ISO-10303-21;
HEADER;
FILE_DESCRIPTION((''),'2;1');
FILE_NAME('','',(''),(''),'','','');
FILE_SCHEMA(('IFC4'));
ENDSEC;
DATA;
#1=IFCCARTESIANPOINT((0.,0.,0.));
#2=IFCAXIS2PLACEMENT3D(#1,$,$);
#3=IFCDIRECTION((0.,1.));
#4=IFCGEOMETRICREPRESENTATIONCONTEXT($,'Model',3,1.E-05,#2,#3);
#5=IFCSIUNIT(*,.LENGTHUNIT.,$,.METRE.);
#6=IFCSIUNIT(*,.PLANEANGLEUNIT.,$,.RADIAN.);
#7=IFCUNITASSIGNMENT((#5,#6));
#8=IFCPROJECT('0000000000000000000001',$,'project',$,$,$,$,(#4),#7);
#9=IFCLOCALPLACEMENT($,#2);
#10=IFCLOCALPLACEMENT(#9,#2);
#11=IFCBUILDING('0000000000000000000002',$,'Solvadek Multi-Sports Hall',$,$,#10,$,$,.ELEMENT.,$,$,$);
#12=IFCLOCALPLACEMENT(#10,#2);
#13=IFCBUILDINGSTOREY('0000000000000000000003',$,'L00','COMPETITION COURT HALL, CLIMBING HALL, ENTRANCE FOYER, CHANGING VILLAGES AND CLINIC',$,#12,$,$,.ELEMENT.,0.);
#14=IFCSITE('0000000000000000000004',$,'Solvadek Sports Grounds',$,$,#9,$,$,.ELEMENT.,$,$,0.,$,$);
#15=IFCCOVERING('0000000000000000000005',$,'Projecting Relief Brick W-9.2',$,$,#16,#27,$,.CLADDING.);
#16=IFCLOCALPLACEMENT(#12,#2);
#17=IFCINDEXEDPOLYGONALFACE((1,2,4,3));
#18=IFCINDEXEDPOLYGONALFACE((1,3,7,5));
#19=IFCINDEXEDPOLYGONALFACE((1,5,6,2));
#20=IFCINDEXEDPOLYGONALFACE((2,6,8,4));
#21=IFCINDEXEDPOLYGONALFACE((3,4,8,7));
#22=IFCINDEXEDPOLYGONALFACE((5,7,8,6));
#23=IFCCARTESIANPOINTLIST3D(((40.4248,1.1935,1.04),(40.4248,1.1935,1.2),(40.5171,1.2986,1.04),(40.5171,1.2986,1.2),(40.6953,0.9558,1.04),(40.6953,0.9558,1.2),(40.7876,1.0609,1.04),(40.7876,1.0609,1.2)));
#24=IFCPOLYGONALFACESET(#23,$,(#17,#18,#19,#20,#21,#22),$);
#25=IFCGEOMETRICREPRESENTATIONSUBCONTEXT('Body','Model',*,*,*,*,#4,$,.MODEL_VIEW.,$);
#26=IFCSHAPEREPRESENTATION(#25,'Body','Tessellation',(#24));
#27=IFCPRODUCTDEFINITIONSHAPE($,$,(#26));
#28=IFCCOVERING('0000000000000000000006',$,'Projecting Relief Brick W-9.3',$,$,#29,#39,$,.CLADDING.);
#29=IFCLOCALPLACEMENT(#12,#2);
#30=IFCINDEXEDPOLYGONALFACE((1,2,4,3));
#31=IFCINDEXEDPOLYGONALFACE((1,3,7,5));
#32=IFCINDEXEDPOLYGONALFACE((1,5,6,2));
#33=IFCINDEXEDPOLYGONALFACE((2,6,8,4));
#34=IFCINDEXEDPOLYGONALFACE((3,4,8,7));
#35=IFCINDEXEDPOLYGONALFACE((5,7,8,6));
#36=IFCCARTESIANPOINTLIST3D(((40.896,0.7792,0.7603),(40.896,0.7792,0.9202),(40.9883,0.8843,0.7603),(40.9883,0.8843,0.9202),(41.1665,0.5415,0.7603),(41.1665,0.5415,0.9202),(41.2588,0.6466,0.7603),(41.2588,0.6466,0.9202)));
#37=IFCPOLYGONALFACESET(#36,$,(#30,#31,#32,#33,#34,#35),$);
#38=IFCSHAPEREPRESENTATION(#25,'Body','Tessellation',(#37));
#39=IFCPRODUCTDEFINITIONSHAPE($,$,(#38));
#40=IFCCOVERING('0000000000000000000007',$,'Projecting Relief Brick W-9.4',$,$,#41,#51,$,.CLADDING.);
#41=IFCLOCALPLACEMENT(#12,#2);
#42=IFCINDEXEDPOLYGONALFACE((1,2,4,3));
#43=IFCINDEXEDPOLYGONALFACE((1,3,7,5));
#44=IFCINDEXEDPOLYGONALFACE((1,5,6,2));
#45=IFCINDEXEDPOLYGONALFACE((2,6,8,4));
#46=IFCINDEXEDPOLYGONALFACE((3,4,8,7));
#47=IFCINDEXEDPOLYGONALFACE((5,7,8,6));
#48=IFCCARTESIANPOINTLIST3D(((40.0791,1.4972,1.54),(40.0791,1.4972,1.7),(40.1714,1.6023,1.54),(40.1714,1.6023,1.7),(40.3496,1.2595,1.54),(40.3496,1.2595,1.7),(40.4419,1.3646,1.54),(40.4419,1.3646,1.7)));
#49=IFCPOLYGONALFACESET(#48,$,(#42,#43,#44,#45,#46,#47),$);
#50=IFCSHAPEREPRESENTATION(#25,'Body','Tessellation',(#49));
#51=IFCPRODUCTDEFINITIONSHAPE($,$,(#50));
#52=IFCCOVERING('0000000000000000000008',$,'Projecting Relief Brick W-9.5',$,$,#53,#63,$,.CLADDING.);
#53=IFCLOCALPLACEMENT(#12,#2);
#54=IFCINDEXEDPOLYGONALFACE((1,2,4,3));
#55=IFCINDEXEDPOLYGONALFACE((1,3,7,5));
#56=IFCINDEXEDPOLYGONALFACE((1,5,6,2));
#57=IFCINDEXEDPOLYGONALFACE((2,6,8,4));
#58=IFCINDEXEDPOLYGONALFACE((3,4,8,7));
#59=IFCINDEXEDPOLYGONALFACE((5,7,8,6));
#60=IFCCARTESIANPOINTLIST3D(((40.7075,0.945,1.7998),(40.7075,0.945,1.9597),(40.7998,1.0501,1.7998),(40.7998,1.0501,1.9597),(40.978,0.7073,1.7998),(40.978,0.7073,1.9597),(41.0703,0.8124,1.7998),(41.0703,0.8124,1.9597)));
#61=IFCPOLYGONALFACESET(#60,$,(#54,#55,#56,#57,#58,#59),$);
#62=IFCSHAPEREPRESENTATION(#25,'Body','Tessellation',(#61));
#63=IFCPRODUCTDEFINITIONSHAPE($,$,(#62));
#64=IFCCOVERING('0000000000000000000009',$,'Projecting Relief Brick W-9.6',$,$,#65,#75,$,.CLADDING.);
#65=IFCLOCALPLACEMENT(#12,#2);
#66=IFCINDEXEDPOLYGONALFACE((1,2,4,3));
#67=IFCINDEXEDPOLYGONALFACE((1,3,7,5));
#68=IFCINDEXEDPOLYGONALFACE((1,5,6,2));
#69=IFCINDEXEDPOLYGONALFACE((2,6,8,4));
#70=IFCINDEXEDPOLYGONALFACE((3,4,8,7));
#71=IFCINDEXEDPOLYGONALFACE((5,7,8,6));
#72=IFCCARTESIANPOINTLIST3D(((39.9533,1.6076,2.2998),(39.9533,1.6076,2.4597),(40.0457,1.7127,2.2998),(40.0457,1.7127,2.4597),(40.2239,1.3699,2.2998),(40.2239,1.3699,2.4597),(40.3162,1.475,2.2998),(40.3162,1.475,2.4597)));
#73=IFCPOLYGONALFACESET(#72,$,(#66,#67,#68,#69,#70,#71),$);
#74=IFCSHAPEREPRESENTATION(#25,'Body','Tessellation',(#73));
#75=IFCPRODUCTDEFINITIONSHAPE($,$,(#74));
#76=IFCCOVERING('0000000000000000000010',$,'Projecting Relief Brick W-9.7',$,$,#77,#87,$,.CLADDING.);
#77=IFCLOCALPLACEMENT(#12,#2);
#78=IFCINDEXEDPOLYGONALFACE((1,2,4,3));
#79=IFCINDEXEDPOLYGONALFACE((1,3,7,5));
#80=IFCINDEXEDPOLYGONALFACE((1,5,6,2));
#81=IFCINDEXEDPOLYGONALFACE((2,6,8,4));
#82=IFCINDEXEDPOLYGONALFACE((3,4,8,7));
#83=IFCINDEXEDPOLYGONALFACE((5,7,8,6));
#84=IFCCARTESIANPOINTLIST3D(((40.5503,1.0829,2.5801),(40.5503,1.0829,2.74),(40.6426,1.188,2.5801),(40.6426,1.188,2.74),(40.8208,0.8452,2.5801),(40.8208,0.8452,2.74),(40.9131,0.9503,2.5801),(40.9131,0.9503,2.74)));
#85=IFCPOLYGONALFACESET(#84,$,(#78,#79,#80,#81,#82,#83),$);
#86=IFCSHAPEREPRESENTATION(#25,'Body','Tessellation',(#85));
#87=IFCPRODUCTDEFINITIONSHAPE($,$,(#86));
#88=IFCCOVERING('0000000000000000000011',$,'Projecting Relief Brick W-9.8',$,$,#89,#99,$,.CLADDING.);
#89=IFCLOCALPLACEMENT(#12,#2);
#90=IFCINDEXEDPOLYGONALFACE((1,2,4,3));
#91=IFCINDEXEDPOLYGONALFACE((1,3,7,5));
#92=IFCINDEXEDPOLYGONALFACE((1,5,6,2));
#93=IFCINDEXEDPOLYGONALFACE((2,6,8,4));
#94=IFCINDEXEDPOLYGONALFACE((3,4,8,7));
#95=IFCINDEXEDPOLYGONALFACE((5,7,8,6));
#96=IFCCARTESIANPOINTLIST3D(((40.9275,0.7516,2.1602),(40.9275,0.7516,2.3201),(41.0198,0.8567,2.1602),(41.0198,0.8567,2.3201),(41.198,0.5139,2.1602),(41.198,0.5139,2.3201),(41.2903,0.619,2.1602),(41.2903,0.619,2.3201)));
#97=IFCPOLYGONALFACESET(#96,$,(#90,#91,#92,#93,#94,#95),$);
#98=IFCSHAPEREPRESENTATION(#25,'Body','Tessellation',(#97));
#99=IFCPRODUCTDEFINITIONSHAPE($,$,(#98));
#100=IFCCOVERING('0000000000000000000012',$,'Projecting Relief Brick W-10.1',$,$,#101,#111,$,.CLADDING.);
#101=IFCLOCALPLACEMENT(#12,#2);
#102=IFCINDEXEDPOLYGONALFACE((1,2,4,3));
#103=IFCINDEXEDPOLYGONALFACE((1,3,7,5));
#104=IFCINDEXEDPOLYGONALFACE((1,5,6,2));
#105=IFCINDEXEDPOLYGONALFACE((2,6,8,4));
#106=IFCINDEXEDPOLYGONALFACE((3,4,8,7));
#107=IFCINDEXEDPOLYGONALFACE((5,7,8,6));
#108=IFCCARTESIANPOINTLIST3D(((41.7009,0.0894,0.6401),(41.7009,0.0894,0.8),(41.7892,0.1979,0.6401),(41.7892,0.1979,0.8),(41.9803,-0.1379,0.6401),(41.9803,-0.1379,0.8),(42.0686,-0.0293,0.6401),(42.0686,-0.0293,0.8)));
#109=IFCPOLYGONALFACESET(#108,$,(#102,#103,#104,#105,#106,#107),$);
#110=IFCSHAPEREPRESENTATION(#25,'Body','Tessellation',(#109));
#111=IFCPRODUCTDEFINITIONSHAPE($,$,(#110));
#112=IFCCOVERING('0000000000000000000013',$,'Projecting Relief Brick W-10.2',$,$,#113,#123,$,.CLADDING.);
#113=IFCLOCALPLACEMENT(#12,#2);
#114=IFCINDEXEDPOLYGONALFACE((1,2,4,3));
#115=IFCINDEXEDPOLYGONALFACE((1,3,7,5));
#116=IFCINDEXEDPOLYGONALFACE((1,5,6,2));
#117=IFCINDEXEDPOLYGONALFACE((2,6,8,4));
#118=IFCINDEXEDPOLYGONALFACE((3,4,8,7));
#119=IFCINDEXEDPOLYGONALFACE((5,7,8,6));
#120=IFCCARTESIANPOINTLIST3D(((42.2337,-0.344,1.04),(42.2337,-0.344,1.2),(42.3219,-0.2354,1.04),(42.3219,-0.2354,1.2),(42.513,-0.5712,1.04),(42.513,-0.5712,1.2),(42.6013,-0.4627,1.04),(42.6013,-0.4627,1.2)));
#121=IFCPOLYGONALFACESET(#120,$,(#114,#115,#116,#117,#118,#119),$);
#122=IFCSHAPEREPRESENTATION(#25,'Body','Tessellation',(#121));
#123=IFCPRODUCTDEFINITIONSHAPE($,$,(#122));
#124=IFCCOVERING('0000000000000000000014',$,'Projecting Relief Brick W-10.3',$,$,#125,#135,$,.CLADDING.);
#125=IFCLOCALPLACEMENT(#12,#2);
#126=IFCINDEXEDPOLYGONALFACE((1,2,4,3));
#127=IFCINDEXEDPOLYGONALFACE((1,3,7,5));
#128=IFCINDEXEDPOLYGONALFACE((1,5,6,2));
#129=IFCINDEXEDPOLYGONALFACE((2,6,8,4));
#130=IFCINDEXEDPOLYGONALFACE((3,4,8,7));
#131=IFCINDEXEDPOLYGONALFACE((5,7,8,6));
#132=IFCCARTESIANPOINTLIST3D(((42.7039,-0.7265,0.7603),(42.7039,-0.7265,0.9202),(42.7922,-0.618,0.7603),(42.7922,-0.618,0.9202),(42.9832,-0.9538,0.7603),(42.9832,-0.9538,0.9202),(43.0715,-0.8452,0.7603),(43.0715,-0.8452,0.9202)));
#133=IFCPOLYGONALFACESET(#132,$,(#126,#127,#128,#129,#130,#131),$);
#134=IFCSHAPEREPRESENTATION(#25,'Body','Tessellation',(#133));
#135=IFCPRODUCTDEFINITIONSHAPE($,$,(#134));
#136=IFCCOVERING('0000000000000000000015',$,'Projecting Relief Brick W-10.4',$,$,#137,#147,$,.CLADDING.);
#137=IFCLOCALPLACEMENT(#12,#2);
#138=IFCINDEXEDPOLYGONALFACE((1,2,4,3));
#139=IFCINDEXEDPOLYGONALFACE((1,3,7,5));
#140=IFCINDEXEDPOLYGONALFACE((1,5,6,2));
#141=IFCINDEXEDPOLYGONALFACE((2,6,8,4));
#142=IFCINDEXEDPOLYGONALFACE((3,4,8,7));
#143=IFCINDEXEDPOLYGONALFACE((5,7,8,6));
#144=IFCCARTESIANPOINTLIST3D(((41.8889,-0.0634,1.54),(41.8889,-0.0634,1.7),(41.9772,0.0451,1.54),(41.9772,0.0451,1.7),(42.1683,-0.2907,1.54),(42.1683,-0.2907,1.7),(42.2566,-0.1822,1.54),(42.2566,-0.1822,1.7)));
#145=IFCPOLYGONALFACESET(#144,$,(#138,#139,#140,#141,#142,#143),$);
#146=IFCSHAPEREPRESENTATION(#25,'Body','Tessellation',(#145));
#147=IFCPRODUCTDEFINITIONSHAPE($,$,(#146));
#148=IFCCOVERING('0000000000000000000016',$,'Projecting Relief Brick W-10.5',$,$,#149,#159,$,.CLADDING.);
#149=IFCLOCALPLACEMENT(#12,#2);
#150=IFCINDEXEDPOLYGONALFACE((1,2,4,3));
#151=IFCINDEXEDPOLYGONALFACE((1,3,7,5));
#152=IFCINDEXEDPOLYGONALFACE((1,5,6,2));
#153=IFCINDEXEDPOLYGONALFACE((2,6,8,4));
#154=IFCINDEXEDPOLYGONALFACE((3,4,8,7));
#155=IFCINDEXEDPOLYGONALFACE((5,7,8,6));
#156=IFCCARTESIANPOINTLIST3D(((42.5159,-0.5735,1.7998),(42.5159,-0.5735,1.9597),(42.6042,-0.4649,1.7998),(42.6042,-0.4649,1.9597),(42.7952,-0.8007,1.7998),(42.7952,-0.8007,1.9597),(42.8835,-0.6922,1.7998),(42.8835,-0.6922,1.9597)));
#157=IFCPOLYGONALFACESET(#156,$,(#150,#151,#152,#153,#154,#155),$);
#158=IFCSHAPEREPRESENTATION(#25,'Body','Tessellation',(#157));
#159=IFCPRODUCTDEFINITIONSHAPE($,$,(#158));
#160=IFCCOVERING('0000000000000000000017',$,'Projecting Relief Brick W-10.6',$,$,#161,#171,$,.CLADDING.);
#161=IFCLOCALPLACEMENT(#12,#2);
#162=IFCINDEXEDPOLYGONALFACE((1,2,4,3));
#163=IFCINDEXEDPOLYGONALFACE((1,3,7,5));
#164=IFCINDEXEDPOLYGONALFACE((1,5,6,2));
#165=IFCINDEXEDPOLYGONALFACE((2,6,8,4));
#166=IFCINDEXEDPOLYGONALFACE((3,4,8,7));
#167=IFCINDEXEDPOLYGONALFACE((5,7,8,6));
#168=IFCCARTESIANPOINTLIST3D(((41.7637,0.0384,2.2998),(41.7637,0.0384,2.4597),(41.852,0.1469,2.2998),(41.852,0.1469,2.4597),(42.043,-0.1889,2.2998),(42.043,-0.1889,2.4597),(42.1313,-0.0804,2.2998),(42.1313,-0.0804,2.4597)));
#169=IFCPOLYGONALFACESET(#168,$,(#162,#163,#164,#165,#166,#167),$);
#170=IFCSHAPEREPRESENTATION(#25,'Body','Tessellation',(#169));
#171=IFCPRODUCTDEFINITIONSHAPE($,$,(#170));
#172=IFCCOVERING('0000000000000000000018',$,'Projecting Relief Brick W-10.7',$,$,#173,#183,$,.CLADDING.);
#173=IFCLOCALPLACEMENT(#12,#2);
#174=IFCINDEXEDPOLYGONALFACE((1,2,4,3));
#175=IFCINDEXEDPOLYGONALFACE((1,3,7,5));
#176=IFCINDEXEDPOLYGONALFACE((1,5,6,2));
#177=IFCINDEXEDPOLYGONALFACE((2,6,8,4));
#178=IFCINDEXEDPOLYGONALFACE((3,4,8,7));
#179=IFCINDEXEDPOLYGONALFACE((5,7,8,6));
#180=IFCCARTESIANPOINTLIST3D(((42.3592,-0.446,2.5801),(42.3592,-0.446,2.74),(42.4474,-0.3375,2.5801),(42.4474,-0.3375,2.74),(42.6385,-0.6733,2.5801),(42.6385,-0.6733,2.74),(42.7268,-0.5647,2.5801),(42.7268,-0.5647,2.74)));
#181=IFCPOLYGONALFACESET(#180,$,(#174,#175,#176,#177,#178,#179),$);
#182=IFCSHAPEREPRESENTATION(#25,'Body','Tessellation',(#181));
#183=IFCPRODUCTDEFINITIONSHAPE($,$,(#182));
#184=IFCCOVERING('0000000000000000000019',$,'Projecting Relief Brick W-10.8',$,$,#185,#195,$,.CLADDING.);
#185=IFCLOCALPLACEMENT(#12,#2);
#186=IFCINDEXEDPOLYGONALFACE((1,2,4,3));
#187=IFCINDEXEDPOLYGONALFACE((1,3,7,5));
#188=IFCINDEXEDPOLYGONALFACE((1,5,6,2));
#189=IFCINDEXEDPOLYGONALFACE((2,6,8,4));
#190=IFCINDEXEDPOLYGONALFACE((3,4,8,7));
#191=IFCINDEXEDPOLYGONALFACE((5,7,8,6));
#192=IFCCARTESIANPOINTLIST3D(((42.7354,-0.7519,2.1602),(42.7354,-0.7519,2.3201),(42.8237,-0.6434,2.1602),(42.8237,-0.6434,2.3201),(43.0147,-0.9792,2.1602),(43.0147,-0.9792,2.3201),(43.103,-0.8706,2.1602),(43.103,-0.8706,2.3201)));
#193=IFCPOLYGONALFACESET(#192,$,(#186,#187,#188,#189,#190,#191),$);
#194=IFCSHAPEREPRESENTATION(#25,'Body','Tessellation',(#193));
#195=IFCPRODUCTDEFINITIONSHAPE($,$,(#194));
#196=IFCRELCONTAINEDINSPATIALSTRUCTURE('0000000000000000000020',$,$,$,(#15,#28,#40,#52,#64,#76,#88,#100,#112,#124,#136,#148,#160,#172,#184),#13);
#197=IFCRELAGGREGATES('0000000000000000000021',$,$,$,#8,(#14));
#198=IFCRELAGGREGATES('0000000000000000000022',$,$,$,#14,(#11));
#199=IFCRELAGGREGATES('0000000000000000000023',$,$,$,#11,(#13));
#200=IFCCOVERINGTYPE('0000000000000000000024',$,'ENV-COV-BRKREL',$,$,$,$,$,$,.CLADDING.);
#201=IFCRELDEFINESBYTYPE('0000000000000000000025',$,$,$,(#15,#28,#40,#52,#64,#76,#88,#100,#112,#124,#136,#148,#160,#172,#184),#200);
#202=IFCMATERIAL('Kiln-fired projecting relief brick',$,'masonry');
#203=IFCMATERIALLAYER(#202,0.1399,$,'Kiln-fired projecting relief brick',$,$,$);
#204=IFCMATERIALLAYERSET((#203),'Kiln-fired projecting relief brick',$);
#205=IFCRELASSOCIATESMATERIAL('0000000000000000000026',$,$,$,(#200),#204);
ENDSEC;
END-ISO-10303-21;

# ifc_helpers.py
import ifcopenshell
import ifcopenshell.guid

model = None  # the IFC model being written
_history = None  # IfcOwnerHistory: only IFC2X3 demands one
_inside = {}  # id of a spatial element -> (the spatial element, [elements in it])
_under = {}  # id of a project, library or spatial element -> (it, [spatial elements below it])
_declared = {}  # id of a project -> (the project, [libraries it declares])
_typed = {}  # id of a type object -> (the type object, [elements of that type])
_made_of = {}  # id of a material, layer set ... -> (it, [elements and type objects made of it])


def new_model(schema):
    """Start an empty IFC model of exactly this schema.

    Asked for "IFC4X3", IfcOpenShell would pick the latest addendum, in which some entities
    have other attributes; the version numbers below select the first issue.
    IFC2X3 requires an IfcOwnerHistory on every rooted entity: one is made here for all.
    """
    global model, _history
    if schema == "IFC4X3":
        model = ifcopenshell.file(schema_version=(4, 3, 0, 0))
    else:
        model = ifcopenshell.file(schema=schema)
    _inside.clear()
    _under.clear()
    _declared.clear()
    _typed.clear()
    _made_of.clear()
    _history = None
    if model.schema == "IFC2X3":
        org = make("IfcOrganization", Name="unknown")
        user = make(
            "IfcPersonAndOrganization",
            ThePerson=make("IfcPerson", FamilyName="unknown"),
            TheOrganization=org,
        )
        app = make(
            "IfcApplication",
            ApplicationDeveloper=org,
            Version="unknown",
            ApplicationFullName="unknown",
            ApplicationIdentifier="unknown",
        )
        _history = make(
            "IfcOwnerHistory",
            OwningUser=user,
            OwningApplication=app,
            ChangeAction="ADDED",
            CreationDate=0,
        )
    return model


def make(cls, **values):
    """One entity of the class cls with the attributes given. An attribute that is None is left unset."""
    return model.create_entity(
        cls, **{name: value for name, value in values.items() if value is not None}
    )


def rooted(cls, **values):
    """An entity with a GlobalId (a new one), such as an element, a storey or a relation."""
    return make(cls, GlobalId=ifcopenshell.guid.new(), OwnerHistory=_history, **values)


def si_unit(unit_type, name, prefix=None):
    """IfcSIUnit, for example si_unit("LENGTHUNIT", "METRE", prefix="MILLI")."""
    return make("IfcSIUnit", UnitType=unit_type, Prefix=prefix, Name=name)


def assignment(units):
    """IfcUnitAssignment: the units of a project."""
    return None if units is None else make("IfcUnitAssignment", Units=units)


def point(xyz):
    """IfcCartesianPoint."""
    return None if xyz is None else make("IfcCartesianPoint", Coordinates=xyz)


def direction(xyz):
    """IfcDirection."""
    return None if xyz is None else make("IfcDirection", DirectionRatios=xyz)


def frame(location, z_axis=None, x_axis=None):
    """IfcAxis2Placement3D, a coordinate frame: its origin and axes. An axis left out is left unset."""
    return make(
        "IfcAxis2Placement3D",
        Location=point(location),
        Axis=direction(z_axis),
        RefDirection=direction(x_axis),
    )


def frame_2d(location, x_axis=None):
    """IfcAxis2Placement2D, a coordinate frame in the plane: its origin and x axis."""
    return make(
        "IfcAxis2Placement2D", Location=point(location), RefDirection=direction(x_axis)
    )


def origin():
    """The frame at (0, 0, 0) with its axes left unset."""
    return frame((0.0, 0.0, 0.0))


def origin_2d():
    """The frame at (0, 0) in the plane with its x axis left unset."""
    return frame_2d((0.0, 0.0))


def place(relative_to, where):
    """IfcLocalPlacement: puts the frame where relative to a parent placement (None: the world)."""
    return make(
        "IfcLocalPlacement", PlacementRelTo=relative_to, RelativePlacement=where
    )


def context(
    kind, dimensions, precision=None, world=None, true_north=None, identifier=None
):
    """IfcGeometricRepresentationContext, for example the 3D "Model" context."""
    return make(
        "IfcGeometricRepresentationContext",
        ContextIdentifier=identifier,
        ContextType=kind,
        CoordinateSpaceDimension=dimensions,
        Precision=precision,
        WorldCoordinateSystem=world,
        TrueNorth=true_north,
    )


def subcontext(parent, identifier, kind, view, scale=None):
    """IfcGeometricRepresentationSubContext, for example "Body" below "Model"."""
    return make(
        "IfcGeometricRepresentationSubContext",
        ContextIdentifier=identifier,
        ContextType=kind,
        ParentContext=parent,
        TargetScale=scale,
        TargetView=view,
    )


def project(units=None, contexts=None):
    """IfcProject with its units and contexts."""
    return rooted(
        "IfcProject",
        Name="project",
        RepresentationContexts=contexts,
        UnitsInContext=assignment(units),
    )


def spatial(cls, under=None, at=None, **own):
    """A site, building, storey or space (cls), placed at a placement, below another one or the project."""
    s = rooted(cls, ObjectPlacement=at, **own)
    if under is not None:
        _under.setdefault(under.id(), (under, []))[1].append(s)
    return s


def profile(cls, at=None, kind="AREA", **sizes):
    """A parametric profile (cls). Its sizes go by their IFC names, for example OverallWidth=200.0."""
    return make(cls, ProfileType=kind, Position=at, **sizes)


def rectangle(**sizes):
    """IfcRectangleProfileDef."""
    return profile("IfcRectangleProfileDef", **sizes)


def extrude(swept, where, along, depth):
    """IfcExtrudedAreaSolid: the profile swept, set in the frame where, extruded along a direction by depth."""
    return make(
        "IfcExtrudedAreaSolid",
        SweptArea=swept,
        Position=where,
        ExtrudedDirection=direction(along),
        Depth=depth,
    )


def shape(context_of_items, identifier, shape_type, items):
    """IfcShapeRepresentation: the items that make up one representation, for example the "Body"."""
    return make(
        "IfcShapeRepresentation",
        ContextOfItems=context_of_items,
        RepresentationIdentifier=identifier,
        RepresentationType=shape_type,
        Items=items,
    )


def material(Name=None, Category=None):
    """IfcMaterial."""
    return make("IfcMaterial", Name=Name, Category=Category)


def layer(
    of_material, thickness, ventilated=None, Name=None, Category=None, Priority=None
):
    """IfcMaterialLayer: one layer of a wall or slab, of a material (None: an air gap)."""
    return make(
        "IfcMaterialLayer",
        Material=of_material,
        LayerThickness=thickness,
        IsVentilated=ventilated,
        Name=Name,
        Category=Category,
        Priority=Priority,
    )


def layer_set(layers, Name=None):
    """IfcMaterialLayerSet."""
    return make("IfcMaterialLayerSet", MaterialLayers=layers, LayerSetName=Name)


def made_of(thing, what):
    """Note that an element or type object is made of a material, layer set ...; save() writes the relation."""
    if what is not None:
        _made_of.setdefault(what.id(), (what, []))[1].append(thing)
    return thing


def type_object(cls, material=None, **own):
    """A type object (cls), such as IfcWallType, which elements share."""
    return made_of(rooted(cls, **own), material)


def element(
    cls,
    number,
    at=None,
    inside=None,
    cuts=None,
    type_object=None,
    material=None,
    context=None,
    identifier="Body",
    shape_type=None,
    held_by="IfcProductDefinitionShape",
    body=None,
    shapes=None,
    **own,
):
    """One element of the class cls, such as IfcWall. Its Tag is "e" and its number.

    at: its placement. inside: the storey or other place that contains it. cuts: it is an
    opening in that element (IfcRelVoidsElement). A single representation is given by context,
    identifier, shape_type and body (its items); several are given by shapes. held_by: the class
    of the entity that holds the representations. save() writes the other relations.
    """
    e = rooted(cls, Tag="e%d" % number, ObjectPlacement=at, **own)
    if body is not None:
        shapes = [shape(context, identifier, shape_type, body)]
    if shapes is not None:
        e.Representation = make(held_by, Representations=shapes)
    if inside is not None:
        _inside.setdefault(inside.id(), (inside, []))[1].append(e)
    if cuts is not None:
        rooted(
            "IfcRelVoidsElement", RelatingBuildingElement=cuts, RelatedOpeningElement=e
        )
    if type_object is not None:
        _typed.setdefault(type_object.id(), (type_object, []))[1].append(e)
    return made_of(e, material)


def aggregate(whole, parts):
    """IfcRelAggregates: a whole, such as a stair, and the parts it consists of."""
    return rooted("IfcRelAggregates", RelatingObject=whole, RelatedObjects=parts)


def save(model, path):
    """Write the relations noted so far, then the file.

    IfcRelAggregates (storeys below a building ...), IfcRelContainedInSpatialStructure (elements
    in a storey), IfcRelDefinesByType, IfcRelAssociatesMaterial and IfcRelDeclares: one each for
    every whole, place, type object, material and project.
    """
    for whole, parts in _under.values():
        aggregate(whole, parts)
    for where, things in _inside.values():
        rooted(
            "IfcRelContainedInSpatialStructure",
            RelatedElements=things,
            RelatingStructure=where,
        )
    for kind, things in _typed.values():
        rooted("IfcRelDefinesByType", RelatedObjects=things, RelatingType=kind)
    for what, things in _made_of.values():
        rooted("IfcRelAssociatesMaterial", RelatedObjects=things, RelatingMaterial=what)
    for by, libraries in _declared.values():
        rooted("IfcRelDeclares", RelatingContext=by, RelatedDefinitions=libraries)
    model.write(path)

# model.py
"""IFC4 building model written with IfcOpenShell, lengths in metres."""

from ifc_helpers import new_model, si_unit, direction, frame, origin, origin_2d, place, context, subcontext, project, spatial, rectangle, extrude, material, layer, layer_set, type_object, element, save


model = new_model("IFC4")

# Units and contexts
model_context = context("Model", 3, precision=1e-05, world=origin(), true_north=direction((0.0, 1.0)))
body_context = subcontext(model_context, "Body", "Model", "MODEL_VIEW")
ifc_project = project(units=[si_unit("LENGTHUNIT", "METRE"), si_unit("PLANEANGLEUNIT", "RADIAN")], contexts=[model_context])

# Site, building, storey
site_placement = place(None, origin())
site = spatial("IfcSite", under=ifc_project, at=site_placement, Name="Solvadek Sports Grounds", CompositionType="ELEMENT", RefElevation=0.0)
building_placement = place(site_placement, origin())
building = spatial("IfcBuilding", under=site, at=building_placement, Name="Solvadek Multi-Sports Hall", CompositionType="ELEMENT")
storey_placement = place(building_placement, origin())
storey = spatial("IfcBuildingStorey", under=building, at=storey_placement, Name="L00", Description="COMPETITION COURT HALL, CLIMBING HALL, ENTRANCE FOYER, CHANGING VILLAGES AND CLINIC", CompositionType="ELEMENT", Elevation=0.0)

# Coverings
ifc_material_1 = material(Name="Kiln-fired projecting relief brick", Category="masonry")
ifc_layer_1 = layer(ifc_material_1, 0.1399, Name="Kiln-fired projecting relief brick")
ifc_layer_set_1 = layer_set([ifc_layer_1], Name="Kiln-fired projecting relief brick")
covering_type = type_object("IfcCoveringType", Name="ENV-COV-BRKREL", PredefinedType="CLADDING", material=ifc_layer_set_1)
for number, where, z_axis, x_axis, name in (
    (1, (40.6062, 1.1272, 1.04), (0.0, 0.0, 1.0), (0.751215, -0.660057, 0.0), "Projecting Relief Brick W-9.2"),
    (2, (41.0774, 0.7129, 0.7603), (0.0, 0.0, 1.0), (0.751215, -0.660057, 0.0), "Projecting Relief Brick W-9.3"),
    (3, (40.2605, 1.4309, 1.54), (0.0, 0.0, 1.0), (0.751215, -0.660057, 0.0), "Projecting Relief Brick W-9.4"),
    (4, (40.8889, 0.8787, 1.7998), (0.0, 0.0, 1.0), (0.751215, -0.660057, 0.0), "Projecting Relief Brick W-9.5"),
    (5, (40.1348, 1.5413, 2.2998), (0.0, 0.0, 1.0), (0.751215, -0.660057, 0.0), "Projecting Relief Brick W-9.6"),
    (6, (40.7317, 1.0166, 2.5801), (0.0, 0.0, 1.0), (0.751215, -0.660057, 0.0), "Projecting Relief Brick W-9.7"),
    (7, (41.1089, 0.6853, 2.1602), (0.0, 0.0, 1.0), (0.751215, -0.660057, 0.0), "Projecting Relief Brick W-9.8"),
    (8, (41.8848, 0.03, 0.6401), (0.0, 0.0, 1.0), (0.775755, -0.631034, 0.0), "Projecting Relief Brick W-10.1"),
    (9, (42.4175, -0.4033, 1.04), (0.0, 0.0, 1.0), (0.775755, -0.631034, 0.0), "Projecting Relief Brick W-10.2"),
    (10, (42.8877, -0.7859, 0.7603), (0.0, 0.0, 1.0), (0.775755, -0.631034, 0.0), "Projecting Relief Brick W-10.3"),
    (11, (42.0728, -0.1228, 1.54), (0.0, 0.0, 1.0), (0.775755, -0.631034, 0.0), "Projecting Relief Brick W-10.4"),
    (12, (42.6997, -0.6328, 1.7998), (0.0, 0.0, 1.0), (0.775755, -0.631034, 0.0), "Projecting Relief Brick W-10.5"),
    (13, (41.9475, -0.021, 2.2998), (0.0, 0.0, 1.0), (0.775755, -0.631034, 0.0), "Projecting Relief Brick W-10.6"),
    (14, (42.543, -0.5054, 2.5801), (0.0, 0.0, 1.0), (0.775755, -0.631034, 0.0), "Projecting Relief Brick W-10.7"),
    (15, (42.9192, -0.8113, 2.1602), (0.0, 0.0, 1.0), (0.775755, -0.631034, 0.0), "Projecting Relief Brick W-10.8"),
):
    element("IfcCovering", number, at=place(storey_placement, frame(where, z_axis=z_axis, x_axis=x_axis)), inside=storey, type_object=covering_type, Name=name, PredefinedType="CLADDING", context=body_context, shape_type="SweptSolid", body=[
        extrude(rectangle(XDim=0.3601, YDim=0.1399, at=origin_2d()), origin(), (0.0, 0.0, 1.0), 0.1599),
    ])

save(model, "model.ifc")
